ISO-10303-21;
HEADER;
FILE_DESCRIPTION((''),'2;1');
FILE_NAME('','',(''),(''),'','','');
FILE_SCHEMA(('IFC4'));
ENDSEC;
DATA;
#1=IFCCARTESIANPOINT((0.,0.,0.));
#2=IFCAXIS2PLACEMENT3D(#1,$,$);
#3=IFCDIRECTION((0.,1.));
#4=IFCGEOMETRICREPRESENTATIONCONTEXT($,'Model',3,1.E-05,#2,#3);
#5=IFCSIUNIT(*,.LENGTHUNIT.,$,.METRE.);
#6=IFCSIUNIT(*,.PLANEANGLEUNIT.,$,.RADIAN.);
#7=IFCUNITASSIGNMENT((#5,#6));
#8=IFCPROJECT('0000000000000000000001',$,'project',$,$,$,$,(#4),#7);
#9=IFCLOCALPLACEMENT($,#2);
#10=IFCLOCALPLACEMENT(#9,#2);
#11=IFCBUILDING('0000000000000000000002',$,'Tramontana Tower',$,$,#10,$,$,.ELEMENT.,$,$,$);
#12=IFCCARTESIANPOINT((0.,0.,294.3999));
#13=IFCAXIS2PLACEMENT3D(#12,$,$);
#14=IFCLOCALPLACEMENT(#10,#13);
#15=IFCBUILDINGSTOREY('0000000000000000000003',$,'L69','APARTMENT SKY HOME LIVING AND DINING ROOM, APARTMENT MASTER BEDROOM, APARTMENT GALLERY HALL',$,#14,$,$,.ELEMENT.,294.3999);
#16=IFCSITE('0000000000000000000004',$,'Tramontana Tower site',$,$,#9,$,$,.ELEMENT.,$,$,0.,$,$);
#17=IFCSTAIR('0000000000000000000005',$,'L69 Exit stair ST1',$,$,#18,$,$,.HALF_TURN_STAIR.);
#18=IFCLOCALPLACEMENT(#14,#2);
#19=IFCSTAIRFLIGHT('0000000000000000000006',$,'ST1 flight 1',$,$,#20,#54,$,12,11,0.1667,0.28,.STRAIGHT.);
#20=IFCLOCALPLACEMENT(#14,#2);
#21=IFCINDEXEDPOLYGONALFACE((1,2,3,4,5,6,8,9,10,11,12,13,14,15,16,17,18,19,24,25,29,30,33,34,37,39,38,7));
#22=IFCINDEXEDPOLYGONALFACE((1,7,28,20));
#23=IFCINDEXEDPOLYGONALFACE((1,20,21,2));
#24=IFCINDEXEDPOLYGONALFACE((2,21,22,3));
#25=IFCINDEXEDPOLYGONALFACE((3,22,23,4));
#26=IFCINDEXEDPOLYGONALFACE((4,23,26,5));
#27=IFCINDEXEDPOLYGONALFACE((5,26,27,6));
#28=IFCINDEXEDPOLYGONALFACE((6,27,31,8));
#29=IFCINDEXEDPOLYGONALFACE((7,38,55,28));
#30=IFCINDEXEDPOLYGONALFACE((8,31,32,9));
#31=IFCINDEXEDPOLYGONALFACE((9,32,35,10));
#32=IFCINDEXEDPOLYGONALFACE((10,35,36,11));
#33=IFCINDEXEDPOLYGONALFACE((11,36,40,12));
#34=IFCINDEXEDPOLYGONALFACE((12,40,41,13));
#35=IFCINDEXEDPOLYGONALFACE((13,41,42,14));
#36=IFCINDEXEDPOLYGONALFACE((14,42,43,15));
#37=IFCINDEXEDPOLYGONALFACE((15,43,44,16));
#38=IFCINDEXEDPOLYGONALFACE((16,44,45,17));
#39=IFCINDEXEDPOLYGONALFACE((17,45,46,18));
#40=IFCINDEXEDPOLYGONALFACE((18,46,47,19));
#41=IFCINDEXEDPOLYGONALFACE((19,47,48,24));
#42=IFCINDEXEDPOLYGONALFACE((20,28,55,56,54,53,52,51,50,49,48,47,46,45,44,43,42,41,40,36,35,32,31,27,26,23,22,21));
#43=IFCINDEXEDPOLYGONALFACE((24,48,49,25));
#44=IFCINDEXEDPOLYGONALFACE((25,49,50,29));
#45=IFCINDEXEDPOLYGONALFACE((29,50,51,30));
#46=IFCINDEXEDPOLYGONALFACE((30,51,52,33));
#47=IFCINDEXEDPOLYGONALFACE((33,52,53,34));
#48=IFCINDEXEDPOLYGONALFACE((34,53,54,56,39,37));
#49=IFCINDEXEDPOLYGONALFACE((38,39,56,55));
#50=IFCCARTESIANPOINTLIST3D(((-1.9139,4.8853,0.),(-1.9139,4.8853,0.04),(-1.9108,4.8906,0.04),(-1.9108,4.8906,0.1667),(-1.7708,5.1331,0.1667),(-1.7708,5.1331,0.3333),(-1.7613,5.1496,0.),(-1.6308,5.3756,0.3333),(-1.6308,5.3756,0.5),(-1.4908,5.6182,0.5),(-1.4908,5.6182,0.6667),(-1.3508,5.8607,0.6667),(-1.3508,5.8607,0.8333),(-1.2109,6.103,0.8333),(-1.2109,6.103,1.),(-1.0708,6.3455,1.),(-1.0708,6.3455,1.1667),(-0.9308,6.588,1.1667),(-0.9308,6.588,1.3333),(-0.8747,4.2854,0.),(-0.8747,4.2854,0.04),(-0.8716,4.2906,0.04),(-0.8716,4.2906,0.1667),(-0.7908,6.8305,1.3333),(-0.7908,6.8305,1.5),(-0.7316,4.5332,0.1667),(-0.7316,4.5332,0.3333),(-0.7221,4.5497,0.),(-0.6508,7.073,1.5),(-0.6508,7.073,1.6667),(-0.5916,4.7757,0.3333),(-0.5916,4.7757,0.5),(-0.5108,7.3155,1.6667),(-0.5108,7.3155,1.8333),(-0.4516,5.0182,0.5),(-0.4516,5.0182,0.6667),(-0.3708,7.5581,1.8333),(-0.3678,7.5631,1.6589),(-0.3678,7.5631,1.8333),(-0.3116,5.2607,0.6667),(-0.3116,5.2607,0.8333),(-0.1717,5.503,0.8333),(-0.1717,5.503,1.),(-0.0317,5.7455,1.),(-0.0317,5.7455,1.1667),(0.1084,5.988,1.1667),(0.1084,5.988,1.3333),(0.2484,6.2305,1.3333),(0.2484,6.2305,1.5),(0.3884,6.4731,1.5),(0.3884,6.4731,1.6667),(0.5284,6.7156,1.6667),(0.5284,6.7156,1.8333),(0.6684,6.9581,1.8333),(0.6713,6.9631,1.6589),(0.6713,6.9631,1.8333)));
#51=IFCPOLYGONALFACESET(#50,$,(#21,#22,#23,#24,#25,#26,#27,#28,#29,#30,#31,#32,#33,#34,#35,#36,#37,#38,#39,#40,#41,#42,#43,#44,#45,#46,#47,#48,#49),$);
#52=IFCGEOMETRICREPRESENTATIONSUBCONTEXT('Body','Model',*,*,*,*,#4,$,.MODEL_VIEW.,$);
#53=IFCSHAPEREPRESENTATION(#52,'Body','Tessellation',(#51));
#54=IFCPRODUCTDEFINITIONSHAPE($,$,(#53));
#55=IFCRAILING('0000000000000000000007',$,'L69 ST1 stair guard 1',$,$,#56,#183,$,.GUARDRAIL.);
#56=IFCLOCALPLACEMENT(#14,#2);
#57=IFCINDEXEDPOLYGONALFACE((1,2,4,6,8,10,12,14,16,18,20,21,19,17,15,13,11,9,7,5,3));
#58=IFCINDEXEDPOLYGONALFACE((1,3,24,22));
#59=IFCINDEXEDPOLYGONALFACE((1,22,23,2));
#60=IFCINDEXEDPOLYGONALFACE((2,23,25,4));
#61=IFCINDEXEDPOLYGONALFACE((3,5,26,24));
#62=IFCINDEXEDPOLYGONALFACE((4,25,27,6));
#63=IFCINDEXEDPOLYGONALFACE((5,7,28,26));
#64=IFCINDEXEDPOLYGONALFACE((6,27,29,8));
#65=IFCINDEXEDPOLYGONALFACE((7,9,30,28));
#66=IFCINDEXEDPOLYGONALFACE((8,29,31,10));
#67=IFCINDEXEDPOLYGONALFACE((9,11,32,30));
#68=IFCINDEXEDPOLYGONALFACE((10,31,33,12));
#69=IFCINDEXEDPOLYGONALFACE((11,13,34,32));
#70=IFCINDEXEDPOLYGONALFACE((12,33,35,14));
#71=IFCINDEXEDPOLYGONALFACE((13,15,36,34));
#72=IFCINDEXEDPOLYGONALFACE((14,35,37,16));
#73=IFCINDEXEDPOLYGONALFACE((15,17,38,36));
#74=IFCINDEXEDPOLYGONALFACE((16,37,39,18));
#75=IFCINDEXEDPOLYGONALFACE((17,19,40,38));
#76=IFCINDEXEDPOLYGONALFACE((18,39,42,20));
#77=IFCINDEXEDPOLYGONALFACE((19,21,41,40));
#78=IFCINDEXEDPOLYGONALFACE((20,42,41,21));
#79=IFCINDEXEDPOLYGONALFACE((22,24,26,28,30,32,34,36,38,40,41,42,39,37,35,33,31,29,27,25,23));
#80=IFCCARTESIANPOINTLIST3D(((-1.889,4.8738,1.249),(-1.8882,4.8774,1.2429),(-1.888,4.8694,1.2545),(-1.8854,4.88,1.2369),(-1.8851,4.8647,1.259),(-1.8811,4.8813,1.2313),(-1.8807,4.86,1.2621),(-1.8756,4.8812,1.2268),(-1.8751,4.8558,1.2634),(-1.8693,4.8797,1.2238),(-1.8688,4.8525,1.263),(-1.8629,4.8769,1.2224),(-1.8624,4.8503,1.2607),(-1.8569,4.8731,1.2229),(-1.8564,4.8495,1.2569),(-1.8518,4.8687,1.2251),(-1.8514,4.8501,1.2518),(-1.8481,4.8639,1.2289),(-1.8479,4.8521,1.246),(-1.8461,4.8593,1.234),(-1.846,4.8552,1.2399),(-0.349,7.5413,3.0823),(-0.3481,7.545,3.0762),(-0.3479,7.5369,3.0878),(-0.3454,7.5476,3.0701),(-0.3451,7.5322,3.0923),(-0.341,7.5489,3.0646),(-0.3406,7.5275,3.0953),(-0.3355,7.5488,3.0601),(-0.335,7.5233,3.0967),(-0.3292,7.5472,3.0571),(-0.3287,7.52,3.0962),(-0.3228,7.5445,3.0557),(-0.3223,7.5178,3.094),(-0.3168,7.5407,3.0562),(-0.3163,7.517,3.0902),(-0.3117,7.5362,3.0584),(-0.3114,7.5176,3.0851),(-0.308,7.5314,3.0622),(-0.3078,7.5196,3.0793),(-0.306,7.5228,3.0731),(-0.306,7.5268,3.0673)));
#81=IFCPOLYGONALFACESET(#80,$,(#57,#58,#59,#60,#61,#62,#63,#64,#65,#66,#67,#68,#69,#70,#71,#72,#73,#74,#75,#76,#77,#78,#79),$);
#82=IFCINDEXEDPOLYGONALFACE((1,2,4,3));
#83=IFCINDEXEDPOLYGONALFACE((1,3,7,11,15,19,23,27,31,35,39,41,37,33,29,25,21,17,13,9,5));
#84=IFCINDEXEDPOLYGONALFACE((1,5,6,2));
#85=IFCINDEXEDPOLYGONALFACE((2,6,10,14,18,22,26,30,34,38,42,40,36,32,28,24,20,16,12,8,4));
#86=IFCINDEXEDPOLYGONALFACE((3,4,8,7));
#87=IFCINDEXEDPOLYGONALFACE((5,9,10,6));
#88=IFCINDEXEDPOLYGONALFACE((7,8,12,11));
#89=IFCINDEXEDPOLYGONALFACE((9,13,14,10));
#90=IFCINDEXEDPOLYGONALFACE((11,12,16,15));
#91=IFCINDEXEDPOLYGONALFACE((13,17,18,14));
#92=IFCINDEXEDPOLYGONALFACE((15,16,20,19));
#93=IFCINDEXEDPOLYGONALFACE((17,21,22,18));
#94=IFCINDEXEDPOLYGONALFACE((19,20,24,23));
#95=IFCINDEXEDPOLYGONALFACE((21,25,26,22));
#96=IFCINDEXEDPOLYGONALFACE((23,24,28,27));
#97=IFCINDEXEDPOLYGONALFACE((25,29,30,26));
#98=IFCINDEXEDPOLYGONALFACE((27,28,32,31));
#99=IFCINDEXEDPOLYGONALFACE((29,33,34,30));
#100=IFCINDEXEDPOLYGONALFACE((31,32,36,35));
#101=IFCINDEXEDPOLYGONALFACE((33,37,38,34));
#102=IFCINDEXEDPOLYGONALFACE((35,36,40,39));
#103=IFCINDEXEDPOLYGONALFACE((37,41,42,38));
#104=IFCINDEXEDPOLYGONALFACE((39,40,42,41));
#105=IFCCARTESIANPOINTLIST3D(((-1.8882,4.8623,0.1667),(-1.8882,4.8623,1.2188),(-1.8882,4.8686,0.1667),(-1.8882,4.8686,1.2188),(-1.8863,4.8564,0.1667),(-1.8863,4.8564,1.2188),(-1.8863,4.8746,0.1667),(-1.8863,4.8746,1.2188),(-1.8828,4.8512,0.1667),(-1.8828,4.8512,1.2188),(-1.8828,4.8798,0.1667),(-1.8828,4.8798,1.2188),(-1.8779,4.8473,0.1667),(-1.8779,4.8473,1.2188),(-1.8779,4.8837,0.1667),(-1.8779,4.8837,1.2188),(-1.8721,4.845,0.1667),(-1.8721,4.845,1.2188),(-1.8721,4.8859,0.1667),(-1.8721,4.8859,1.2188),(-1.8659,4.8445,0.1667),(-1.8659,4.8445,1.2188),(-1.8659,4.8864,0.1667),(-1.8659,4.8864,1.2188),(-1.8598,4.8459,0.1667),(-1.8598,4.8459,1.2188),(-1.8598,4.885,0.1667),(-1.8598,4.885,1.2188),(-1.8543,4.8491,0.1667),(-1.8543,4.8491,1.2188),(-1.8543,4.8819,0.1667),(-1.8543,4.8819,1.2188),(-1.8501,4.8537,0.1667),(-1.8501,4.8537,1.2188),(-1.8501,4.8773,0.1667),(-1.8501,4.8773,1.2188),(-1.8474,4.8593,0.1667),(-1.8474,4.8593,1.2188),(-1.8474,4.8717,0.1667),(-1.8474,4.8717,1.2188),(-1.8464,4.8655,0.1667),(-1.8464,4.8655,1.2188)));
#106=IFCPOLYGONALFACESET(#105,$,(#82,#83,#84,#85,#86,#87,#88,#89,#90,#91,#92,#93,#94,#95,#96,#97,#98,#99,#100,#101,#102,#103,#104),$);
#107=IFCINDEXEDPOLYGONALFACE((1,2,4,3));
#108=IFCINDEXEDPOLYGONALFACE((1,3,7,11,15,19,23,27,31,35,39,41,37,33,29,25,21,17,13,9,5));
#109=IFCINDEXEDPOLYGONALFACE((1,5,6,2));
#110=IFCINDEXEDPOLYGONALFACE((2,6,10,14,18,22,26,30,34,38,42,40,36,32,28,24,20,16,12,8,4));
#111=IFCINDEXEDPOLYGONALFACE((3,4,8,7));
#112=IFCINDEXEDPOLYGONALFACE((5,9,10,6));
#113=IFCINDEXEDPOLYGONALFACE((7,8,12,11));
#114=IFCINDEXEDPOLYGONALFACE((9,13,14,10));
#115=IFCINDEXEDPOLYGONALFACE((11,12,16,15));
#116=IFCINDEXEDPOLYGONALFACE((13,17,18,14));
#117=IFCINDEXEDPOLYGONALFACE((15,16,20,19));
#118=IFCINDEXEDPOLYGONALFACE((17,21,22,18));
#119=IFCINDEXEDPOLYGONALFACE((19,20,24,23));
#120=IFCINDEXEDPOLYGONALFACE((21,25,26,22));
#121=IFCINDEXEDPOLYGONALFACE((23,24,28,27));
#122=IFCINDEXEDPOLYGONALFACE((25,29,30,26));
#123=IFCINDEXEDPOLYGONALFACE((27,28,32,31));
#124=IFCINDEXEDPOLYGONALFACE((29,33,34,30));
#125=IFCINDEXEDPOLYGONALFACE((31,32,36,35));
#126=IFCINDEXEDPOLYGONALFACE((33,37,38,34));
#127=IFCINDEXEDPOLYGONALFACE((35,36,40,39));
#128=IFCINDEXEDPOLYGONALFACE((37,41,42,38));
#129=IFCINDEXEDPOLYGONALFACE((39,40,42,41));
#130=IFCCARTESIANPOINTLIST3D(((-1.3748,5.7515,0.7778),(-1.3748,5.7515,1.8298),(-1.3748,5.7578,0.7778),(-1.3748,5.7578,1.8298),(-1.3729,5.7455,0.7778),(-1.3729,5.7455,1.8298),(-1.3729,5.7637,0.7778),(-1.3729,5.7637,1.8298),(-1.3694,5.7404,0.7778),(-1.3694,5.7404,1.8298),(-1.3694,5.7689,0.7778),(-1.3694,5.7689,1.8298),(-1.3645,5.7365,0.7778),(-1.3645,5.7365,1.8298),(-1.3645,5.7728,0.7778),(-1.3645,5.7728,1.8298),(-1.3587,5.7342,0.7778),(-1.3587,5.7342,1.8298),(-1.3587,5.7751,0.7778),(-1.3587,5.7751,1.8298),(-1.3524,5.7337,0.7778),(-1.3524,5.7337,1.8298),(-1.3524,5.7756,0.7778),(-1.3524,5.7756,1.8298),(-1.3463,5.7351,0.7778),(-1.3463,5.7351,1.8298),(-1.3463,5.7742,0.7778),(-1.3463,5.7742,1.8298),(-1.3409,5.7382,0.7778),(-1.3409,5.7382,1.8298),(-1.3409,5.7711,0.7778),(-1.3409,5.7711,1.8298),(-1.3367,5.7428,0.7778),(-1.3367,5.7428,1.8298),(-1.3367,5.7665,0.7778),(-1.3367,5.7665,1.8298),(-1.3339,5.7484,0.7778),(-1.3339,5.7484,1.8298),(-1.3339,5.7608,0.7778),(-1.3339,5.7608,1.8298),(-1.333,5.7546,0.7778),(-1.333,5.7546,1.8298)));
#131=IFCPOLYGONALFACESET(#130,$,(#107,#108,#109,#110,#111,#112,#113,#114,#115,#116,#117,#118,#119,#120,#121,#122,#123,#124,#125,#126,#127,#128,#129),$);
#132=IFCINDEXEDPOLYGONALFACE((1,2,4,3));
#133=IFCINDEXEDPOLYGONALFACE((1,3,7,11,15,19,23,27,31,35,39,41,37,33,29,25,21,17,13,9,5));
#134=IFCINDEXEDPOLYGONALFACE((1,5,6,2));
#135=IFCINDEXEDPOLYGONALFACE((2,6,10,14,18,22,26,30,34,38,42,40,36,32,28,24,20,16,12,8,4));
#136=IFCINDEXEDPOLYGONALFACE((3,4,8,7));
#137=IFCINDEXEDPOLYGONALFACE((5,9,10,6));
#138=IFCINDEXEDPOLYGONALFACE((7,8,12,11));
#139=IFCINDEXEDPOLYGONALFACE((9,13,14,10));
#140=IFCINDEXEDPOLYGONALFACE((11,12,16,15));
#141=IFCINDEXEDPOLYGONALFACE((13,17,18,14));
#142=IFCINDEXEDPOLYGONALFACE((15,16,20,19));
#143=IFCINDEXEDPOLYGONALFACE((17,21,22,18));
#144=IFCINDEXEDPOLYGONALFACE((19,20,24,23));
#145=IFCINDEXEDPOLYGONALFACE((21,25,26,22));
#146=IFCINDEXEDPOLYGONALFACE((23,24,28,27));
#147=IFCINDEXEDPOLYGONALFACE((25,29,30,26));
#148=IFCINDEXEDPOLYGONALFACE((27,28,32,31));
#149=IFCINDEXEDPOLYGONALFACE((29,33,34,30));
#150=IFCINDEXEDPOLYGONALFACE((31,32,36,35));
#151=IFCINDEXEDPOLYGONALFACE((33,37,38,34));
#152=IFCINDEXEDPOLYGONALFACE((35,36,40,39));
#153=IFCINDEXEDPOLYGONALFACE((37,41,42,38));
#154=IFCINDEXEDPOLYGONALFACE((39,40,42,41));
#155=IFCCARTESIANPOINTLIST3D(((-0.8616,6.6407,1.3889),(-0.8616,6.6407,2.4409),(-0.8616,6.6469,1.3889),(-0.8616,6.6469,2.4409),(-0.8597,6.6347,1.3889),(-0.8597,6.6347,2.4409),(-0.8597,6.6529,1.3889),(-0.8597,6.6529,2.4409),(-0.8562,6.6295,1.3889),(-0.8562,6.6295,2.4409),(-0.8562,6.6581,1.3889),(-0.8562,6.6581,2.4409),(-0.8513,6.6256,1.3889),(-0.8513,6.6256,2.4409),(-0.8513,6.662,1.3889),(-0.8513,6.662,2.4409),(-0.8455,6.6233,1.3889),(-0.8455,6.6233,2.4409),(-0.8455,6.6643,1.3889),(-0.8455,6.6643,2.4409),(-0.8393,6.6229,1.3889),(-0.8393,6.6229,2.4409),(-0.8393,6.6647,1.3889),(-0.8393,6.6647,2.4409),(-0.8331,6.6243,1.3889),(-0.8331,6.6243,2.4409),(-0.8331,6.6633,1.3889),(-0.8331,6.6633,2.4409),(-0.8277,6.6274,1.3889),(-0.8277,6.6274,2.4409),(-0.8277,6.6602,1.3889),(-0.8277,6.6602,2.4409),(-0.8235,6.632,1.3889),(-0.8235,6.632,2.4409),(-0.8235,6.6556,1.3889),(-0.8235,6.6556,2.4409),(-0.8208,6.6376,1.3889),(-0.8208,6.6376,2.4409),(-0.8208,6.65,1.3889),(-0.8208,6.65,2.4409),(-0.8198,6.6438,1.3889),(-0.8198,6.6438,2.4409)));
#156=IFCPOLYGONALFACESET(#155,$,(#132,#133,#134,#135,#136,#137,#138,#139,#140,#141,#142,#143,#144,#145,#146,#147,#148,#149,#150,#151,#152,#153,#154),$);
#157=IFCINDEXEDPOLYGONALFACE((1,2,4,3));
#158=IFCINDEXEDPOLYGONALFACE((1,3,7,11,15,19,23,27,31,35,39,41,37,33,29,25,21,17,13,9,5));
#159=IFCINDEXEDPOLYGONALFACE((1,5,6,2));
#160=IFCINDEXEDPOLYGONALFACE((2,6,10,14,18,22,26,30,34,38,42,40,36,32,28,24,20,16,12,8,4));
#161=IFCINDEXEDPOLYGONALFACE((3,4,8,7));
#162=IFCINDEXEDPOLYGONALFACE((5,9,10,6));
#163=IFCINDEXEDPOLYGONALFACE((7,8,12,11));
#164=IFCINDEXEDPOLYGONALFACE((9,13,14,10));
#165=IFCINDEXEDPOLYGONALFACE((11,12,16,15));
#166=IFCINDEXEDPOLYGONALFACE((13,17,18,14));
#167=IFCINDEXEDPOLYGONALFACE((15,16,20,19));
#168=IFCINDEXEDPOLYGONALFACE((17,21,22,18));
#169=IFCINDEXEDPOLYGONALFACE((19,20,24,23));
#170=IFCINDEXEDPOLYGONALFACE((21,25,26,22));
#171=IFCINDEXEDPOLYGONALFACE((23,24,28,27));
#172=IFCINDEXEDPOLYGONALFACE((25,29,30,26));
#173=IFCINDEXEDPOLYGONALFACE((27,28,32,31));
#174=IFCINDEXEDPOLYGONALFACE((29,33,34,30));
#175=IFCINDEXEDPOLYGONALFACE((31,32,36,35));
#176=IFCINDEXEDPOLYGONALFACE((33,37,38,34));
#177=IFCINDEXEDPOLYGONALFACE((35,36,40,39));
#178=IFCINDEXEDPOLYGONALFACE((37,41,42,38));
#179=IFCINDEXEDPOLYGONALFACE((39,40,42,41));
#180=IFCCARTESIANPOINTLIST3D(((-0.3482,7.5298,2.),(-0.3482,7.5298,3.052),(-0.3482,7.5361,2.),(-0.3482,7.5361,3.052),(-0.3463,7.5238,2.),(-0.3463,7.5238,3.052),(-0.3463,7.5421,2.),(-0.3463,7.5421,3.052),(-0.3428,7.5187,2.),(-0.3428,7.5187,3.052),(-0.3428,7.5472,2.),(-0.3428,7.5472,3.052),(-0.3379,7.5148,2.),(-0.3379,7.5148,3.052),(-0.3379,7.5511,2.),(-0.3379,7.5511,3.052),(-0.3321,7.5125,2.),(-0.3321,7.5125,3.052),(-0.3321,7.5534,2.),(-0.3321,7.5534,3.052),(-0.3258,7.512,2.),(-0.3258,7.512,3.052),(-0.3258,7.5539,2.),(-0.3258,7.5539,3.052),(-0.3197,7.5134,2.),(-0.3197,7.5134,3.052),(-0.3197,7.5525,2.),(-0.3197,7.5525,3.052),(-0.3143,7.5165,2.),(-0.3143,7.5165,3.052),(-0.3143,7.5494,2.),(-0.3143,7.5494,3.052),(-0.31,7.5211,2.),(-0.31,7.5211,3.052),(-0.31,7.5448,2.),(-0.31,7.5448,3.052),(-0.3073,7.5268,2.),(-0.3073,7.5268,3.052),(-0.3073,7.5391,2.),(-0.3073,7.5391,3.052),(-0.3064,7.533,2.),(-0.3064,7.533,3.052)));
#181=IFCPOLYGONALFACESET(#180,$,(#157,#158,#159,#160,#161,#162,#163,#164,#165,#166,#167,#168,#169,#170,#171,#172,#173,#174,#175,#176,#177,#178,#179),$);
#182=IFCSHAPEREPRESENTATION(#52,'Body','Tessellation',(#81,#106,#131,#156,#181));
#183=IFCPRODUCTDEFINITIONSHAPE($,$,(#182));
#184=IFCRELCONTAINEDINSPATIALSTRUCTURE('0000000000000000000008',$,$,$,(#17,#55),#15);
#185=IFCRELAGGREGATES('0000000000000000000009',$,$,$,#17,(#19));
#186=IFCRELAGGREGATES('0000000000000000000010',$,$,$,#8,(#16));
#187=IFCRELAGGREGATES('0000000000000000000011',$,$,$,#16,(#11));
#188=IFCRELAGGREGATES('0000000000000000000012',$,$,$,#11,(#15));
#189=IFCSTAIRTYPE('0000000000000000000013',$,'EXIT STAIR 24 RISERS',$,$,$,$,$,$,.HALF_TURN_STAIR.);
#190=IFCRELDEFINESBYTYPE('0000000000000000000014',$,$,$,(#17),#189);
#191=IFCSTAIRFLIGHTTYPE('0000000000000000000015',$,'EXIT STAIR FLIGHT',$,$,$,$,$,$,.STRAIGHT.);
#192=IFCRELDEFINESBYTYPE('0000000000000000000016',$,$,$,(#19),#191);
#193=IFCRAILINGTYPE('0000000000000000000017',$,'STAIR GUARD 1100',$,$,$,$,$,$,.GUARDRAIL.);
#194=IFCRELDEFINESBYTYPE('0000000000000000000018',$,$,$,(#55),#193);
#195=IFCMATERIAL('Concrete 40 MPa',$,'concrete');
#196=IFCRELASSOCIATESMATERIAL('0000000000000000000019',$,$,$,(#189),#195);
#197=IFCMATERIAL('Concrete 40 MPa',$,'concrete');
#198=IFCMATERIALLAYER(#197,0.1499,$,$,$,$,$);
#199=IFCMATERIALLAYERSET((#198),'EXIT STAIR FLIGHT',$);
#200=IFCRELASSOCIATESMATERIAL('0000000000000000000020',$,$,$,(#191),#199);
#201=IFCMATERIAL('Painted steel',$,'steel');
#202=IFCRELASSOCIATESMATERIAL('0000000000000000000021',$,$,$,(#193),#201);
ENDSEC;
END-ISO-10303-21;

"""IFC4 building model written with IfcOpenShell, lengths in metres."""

from ifc_helpers import new_model, si_unit, direction, frame, origin, origin_2d, place, context, subcontext, project, spatial, polyline, circle, outline, extrude, material, layer, layer_set, type_object, element, aggregate, save


model = new_model("IFC4")

# Units and contexts
model_context = context("Model", 3, precision=1e-05, world=origin(), true_north=direction((0.0, 1.0)))
body_context = subcontext(model_context, "Body", "Model", "MODEL_VIEW")
ifc_project = project(units=[si_unit("LENGTHUNIT", "METRE"), si_unit("PLANEANGLEUNIT", "RADIAN")], contexts=[model_context])

# Site, building, storey
site_placement = place(None, origin())
site = spatial("IfcSite", under=ifc_project, at=site_placement, Name="Tramontana Tower site", CompositionType="ELEMENT", RefElevation=0.0)
building_placement = place(site_placement, origin())
building = spatial("IfcBuilding", under=site, at=building_placement, Name="Tramontana Tower", CompositionType="ELEMENT")
storey_placement = place(building_placement, frame((0.0, 0.0, 294.3999)))
storey = spatial("IfcBuildingStorey", under=building, at=storey_placement, Name="L69", Description="APARTMENT SKY HOME LIVING AND DINING ROOM, APARTMENT MASTER BEDROOM, APARTMENT GALLERY HALL", CompositionType="ELEMENT", Elevation=294.3999)

# Stair, stair flight
ifc_material_1 = material(Name="Concrete 40 MPa", Category="concrete")
stair_type = type_object("IfcStairType", Name="EXIT STAIR 24 RISERS", PredefinedType="HALF_TURN_STAIR", material=ifc_material_1)
stair_placement = place(storey_placement, origin())
stair = element("IfcStair", 1, at=stair_placement, inside=storey, type_object=stair_type, Name="L69 Exit stair ST1", PredefinedType="HALF_TURN_STAIR")
ifc_material_2 = material(Name="Concrete 40 MPa", Category="concrete")
ifc_layer_1 = layer(ifc_material_2, 0.1499)
ifc_layer_set_1 = layer_set([ifc_layer_1], Name="EXIT STAIR FLIGHT")
stair_flight_type = type_object("IfcStairFlightType", Name="EXIT STAIR FLIGHT", PredefinedType="STRAIGHT", material=ifc_layer_set_1)
stair_flight_placement = place(storey_placement, frame((-1.3911, 4.5906, 0.0), z_axis=(0.0, 0.0, 1.0), x_axis=(0.5, 0.866025, 0.0)))
stair_flight = element("IfcStairFlight", 2, at=stair_flight_placement, type_object=stair_flight_type, Name="ST1 flight 1", NumberOfRisers=12, NumberOfTreads=11, PredefinedType="STRAIGHT", RiserHeight=0.1667, TreadLength=0.28, context=body_context, shape_type="SweptSolid", body=[
    extrude(outline(polyline([(-0.0061, 0.0), (-0.0061, 0.04), (0.0, 0.04), (0.0, 0.1667), (0.28, 0.1667), (0.28, 0.3333), (0.5601, 0.3333), (0.5601, 0.5), (0.8401, 0.5), (0.8401, 0.6667), (1.1201, 0.6667), (1.1201, 0.8333), (1.3999, 0.8333), (1.3999, 1.0), (1.6799, 1.0), (1.6799, 1.1667), (1.96, 1.1667), (1.96, 1.3333), (2.24, 1.3333), (2.24, 1.5), (2.52, 1.5), (2.52, 1.6667), (2.8, 1.6667), (2.8, 1.8333), (3.0801, 1.8333), (3.0859, 1.8333), (3.0859, 1.6589), (0.2991, 0.0), (-0.0061, 0.0)])), frame((0.0, 0.6001, 0.0), z_axis=(0.0, -1.0, 0.0), x_axis=(1.0, 0.0, 0.0)), (0.0, 0.0, 1.0), 1.2),
])
aggregate(stair, [stair_flight])

# Railing
ifc_material_3 = material(Name="Painted steel", Category="steel")
railing_type_1 = type_object("IfcRailingType", Name="STAIR GUARD 1100", PredefinedType="GUARDRAIL", material=ifc_material_3)
railing_1_placement = place(storey_placement, frame((-1.8674, 4.8655, 0.1667)))
element("IfcRailing", 3, at=railing_1_placement, inside=storey, type_object=railing_type_1, Name="L69 ST1 stair guard 1", PredefinedType="GUARDRAIL", context=body_context, shape_type="SweptSolid", body=[
    extrude(circle(Radius=0.0239, at=origin_2d()), frame((0.0, 0.0, 1.0762), z_axis=(0.429649, 0.74419, 0.511452), x_axis=(-0.86603, 0.499992, 0.0)), (0.0, 0.0, 1.0), 3.5845),
    extrude(circle(Radius=0.021, at=origin_2d()), origin(), (0.0, 0.0, 1.0), 1.052),
    extrude(circle(Radius=0.021, at=origin_2d()), frame((0.5134, 0.8892, 0.6111)), (0.0, 0.0, 1.0), 1.052),
    extrude(circle(Radius=0.021, at=origin_2d()), frame((1.0266, 1.7783, 1.2222)), (0.0, 0.0, 1.0), 1.052),
    extrude(circle(Radius=0.021, at=origin_2d()), frame((1.54, 2.6675, 1.8333)), (0.0, 0.0, 1.0), 1.052),
])

save(model, "model.ifc")
